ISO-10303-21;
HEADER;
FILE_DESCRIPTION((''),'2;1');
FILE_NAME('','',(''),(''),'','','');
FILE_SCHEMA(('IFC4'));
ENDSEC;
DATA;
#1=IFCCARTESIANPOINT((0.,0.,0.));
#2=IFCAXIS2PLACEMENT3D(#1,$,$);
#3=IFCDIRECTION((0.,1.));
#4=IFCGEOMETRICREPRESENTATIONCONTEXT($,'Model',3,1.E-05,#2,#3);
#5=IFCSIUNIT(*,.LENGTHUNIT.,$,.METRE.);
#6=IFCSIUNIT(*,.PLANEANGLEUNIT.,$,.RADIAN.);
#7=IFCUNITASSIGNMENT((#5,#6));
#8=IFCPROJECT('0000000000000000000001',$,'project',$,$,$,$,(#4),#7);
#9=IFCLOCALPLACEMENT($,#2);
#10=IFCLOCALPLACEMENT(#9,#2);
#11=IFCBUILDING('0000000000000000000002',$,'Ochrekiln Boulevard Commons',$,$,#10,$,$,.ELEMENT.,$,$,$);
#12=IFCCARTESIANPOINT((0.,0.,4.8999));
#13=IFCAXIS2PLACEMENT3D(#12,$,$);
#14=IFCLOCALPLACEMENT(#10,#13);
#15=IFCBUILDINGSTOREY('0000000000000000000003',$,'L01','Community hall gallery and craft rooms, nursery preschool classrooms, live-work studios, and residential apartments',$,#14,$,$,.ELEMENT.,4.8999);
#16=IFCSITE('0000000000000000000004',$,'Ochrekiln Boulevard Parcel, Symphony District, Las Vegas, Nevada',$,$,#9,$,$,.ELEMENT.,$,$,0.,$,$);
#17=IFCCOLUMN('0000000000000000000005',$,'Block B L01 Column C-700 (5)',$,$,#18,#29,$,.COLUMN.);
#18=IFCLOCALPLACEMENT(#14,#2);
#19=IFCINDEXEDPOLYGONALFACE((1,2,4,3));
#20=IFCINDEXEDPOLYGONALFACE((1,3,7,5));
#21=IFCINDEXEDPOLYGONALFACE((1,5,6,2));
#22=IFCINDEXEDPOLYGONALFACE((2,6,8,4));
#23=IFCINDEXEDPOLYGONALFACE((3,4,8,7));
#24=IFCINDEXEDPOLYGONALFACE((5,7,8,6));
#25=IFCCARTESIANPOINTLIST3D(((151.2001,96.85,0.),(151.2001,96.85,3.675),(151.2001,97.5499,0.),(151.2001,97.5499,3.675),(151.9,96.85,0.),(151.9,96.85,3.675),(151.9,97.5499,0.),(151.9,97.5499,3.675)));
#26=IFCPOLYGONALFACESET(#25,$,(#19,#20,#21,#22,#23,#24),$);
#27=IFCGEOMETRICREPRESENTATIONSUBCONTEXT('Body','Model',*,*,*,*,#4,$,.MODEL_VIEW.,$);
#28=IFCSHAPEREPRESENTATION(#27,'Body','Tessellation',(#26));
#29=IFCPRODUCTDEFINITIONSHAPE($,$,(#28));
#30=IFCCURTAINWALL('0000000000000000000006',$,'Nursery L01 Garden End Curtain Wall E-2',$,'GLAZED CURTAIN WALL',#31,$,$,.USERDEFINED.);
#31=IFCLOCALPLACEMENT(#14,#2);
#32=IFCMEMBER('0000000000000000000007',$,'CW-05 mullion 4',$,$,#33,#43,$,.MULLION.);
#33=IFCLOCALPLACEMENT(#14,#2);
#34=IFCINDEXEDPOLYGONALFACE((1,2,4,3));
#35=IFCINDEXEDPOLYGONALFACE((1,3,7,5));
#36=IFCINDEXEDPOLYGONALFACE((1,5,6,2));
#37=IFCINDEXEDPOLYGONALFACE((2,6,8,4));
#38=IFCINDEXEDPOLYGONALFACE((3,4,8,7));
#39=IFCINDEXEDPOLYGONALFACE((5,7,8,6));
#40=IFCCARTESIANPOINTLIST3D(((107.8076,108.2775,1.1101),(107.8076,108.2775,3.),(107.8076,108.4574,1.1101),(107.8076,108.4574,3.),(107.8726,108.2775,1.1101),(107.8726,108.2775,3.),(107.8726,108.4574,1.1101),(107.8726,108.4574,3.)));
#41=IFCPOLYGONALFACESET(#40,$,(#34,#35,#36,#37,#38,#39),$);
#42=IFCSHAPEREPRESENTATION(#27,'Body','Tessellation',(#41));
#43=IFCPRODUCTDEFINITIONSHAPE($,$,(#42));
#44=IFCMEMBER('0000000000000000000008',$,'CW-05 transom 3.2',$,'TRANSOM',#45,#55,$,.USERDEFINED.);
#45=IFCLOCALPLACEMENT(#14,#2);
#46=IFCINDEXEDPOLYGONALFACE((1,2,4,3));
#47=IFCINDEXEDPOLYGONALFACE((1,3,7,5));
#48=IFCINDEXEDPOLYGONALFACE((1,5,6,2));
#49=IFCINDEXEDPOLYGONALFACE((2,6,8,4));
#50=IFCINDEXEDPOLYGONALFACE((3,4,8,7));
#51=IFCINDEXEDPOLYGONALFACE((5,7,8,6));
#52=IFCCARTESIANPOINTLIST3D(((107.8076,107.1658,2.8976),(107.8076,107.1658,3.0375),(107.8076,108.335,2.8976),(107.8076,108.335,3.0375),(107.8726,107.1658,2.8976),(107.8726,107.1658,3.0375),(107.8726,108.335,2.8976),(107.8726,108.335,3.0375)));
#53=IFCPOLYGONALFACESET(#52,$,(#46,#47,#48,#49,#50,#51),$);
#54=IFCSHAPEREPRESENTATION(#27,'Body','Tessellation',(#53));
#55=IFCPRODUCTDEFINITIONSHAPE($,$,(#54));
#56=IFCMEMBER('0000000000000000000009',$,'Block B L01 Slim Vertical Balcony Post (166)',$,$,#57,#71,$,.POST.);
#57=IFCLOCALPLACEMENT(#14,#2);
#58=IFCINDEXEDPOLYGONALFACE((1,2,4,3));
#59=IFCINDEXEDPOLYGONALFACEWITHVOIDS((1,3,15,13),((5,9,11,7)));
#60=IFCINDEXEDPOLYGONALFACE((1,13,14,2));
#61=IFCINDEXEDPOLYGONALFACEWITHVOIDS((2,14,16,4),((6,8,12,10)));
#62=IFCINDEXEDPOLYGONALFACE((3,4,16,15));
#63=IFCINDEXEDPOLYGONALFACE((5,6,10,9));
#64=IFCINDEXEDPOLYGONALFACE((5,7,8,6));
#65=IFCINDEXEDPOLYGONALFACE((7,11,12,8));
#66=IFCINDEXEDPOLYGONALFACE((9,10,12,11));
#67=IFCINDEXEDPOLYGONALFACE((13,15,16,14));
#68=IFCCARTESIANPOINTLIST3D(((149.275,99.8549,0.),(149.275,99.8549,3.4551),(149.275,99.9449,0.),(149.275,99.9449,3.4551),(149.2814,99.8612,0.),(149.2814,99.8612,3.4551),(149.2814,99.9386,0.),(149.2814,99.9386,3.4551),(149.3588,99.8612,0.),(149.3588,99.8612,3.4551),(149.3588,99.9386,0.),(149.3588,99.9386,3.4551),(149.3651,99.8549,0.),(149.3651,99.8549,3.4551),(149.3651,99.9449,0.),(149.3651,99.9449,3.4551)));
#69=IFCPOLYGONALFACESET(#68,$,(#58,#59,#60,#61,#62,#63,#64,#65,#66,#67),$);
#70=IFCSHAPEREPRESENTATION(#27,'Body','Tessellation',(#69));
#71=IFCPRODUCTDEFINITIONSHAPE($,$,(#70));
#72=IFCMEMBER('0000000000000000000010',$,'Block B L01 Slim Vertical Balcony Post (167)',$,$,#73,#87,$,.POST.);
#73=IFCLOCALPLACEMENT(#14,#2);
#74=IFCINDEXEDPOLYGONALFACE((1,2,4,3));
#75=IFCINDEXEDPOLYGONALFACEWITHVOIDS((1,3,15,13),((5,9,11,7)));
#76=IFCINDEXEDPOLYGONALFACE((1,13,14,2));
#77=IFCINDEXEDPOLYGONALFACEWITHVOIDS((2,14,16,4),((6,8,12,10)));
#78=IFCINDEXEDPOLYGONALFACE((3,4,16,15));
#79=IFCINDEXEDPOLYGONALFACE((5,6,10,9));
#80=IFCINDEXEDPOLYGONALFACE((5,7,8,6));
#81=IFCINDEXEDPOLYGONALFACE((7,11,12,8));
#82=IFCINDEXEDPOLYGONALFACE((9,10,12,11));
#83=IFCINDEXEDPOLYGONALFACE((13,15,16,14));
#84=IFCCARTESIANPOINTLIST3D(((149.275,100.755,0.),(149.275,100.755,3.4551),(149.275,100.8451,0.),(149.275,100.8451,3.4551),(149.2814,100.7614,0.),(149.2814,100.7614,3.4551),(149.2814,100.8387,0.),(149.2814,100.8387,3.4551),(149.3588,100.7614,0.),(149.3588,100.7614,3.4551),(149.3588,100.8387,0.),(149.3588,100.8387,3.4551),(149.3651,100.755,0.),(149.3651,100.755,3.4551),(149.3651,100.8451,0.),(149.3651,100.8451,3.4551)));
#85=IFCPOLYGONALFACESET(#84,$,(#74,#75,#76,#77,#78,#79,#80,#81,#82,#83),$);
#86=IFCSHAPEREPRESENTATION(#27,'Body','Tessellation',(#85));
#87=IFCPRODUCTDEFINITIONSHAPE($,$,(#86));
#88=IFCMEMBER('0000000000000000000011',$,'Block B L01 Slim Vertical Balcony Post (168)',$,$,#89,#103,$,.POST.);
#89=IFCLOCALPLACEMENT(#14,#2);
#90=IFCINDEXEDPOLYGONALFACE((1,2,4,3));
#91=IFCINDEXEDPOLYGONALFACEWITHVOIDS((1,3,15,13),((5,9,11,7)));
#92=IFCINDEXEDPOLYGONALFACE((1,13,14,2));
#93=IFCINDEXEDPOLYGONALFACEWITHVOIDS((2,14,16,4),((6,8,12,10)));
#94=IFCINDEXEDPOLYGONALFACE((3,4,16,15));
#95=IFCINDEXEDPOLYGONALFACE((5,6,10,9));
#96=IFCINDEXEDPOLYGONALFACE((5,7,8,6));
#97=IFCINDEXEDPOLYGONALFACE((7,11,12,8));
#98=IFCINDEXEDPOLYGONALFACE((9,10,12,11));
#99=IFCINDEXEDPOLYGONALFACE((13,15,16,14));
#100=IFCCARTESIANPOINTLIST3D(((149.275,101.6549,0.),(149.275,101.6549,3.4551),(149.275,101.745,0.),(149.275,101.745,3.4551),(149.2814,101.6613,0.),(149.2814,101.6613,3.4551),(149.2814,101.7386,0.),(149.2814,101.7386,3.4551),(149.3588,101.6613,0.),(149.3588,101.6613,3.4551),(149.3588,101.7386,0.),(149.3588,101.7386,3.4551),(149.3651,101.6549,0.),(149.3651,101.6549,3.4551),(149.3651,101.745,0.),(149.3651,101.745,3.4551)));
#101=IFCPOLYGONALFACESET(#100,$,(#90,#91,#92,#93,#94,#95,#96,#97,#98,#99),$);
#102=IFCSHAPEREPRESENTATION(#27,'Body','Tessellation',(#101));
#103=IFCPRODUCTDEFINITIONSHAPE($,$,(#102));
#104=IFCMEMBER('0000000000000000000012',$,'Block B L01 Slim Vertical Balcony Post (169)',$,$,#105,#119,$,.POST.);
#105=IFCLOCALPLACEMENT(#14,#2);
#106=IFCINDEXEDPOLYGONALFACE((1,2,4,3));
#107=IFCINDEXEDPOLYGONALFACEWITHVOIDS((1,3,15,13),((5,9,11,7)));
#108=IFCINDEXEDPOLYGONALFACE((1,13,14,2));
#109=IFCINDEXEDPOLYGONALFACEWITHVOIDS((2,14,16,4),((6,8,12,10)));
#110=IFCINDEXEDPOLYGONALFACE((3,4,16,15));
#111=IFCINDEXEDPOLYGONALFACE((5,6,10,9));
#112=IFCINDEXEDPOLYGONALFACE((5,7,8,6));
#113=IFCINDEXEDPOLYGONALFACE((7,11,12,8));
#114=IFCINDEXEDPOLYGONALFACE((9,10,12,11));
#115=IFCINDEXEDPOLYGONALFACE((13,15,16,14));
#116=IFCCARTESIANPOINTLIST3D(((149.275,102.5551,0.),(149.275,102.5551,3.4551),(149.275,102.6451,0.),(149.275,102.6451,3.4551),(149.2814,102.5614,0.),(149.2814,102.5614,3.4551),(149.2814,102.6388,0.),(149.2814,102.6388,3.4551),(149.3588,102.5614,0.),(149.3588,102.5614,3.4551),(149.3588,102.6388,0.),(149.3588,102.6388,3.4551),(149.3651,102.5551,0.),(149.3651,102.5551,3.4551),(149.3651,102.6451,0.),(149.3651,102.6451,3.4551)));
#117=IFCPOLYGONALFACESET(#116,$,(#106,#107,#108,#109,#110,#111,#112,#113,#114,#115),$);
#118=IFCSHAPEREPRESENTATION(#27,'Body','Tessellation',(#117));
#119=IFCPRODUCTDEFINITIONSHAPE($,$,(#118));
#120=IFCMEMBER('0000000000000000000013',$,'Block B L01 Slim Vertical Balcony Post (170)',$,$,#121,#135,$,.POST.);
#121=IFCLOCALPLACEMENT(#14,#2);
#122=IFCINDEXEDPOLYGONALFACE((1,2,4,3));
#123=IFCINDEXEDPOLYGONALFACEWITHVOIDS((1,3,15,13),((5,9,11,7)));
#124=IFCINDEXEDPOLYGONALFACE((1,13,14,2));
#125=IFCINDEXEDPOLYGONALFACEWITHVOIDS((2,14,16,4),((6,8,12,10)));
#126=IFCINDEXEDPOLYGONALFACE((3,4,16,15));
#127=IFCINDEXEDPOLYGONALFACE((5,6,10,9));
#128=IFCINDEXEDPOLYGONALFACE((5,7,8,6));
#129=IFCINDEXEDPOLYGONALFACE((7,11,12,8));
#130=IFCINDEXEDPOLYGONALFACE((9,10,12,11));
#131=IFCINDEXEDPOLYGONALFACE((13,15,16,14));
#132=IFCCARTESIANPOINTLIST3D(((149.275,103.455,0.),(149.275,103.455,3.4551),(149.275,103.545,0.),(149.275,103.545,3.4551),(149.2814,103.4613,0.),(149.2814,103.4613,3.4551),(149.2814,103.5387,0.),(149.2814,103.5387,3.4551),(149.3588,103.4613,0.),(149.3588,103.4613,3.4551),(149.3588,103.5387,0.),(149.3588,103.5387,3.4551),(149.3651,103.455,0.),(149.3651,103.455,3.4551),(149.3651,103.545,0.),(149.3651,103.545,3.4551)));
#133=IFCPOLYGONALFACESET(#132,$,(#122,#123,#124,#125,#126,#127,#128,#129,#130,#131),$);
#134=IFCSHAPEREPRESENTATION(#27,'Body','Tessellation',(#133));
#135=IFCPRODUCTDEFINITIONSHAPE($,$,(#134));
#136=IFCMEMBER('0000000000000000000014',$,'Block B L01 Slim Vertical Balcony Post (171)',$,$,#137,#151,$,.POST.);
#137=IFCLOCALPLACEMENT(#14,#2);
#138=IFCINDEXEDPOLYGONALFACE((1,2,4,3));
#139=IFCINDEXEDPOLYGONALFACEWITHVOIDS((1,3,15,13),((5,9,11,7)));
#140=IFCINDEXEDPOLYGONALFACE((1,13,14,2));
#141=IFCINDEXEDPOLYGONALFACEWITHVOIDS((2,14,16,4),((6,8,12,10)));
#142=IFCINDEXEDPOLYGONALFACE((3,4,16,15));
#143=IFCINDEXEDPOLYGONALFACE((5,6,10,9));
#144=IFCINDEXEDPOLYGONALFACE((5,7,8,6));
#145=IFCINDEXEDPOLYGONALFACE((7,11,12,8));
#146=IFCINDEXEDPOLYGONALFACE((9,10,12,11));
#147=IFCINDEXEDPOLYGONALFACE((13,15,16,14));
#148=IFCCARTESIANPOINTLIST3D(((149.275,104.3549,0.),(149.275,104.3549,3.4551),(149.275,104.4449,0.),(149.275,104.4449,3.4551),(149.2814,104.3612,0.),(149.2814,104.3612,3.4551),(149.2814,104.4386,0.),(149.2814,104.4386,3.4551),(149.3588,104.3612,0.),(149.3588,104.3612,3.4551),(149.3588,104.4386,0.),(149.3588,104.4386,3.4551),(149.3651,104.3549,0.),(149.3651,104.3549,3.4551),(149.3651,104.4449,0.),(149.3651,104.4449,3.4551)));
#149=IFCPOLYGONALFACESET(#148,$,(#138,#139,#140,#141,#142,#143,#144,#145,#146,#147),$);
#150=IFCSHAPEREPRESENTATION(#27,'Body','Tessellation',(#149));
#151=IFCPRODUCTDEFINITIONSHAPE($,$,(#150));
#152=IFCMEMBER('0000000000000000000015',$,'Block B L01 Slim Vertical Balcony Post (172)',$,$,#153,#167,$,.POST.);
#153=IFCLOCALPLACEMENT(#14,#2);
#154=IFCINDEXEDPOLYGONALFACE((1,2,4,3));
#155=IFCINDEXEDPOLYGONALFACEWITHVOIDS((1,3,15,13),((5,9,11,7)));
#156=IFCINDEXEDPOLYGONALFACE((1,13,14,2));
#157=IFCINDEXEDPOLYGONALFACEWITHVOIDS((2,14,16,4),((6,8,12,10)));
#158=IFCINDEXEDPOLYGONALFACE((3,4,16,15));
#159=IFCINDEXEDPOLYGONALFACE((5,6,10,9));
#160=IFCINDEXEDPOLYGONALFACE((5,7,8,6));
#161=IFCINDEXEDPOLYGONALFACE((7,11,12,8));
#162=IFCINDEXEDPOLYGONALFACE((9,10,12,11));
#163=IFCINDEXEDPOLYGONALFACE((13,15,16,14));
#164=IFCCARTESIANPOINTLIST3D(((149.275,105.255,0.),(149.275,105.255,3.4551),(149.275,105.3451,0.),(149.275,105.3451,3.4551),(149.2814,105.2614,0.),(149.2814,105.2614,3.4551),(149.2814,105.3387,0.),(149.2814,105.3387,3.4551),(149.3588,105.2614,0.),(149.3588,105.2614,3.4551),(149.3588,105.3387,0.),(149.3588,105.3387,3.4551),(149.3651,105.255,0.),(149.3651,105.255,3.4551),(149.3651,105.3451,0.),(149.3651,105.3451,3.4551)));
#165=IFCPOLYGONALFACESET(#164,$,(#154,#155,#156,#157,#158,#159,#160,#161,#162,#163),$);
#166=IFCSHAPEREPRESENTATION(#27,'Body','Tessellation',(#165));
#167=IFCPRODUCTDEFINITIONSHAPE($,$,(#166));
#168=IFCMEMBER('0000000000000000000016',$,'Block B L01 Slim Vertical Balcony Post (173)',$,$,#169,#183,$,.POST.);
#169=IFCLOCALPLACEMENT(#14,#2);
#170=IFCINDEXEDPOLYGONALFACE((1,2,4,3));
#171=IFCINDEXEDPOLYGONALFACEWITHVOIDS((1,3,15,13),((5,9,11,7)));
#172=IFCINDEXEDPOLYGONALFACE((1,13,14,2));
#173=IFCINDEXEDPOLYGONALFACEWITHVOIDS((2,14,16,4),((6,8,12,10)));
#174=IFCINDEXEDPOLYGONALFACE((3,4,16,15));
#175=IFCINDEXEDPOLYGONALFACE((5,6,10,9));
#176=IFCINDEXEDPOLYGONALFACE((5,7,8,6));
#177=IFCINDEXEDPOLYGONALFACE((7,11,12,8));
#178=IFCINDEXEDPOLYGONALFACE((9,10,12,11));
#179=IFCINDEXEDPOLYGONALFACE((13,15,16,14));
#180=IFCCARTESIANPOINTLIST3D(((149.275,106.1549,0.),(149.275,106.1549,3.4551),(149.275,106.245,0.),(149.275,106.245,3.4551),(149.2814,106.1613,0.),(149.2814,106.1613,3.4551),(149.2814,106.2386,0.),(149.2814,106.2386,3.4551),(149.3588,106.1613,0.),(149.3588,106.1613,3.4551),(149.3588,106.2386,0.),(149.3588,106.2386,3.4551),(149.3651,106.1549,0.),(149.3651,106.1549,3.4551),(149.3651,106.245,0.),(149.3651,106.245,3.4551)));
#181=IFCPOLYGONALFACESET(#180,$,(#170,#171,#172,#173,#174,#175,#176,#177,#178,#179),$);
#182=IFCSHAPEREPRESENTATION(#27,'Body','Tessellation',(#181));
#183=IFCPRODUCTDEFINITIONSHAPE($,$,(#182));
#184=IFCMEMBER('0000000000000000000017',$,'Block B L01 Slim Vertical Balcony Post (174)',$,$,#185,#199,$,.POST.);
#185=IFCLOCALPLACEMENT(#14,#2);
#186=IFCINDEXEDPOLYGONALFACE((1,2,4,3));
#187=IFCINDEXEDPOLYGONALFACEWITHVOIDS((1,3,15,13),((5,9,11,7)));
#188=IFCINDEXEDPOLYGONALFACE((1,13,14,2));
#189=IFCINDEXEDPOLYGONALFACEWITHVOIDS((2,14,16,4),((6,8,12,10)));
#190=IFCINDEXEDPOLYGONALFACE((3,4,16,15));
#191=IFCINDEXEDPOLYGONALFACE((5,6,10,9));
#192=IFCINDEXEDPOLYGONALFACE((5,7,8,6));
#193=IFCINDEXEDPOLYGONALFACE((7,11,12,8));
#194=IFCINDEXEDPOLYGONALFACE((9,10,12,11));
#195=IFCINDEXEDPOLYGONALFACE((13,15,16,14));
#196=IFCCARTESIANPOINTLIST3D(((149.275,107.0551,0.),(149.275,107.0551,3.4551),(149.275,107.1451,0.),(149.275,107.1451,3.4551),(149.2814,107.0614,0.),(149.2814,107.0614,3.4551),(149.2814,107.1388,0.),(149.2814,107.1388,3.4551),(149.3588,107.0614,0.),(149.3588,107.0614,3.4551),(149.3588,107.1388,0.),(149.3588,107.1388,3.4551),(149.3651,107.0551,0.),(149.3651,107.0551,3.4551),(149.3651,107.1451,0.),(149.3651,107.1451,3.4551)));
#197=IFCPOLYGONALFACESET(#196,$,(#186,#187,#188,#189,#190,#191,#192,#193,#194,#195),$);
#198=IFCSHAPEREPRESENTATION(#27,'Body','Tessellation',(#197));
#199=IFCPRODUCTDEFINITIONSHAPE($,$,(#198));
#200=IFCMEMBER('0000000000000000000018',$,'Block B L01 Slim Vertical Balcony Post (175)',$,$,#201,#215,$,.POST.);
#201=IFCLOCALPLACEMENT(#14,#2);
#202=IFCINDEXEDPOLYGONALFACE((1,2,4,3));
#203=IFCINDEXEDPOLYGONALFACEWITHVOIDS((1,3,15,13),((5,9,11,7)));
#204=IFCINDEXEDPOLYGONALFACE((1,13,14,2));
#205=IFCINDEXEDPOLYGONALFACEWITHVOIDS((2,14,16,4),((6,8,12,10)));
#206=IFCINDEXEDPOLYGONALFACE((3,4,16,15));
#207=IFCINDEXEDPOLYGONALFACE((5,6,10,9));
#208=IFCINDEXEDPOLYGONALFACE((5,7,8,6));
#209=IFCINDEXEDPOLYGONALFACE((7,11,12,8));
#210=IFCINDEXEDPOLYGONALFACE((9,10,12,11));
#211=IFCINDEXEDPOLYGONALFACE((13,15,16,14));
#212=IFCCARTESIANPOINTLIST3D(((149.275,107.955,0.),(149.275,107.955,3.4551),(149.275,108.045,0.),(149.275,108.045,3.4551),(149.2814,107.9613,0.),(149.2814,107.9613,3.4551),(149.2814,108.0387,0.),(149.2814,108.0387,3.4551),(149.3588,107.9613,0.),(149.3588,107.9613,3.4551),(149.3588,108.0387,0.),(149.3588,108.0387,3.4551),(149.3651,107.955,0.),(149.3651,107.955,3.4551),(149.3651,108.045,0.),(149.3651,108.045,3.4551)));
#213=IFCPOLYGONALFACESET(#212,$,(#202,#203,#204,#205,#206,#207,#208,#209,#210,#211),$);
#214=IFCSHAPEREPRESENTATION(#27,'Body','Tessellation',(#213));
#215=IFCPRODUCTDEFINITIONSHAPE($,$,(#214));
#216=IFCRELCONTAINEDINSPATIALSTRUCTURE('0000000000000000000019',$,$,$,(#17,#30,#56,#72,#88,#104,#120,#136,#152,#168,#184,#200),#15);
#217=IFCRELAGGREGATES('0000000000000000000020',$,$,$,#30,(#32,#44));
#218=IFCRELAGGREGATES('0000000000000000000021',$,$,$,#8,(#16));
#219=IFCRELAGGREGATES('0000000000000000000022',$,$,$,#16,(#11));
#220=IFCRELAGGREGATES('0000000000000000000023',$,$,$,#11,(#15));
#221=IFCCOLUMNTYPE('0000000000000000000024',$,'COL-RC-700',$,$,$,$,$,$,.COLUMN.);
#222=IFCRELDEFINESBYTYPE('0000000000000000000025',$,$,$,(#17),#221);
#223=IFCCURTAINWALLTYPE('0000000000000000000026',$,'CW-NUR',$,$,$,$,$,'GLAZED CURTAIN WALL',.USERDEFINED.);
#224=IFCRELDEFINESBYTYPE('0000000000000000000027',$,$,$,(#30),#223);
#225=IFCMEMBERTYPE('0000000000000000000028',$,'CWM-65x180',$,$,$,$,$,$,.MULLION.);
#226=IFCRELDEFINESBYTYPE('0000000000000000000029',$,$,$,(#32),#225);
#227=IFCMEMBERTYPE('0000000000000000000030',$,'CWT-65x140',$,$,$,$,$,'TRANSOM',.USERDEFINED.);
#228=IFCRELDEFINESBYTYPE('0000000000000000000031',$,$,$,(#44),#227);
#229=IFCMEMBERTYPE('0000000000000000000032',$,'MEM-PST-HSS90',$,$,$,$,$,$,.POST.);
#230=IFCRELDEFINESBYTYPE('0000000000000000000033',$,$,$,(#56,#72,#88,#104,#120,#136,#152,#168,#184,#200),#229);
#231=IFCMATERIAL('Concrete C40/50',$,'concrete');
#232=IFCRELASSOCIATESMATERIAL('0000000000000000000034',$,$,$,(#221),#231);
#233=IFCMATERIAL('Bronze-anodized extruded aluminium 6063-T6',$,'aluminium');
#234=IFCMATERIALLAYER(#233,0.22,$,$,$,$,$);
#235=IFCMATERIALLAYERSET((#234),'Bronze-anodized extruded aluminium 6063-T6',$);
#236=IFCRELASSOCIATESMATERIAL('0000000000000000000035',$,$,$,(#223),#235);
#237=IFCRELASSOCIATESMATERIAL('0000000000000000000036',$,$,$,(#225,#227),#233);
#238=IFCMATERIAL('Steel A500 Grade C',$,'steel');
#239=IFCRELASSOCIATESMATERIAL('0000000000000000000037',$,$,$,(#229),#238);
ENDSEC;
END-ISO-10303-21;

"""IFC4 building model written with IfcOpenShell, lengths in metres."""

from ifc_helpers import new_model, si_unit, direction, frame, origin, origin_2d, place, context, subcontext, project, spatial, rectangle, hollow_rectangle, extrude, material, layer, layer_set, material_profile, profile_set, type_object, element, aggregate, save


model = new_model("IFC4")

# Units and contexts
model_context = context("Model", 3, precision=1e-05, world=origin(), true_north=direction((0.0, 1.0)))
body_context = subcontext(model_context, "Body", "Model", "MODEL_VIEW")
ifc_project = project(units=[si_unit("LENGTHUNIT", "METRE"), si_unit("PLANEANGLEUNIT", "RADIAN")], contexts=[model_context])

# Site, building, storey
site_placement = place(None, origin())
site = spatial("IfcSite", under=ifc_project, at=site_placement, Name="Ochrekiln Boulevard Parcel, Symphony District, Las Vegas, Nevada", CompositionType="ELEMENT", RefElevation=0.0)
building_placement = place(site_placement, origin())
building = spatial("IfcBuilding", under=site, at=building_placement, Name="Ochrekiln Boulevard Commons", CompositionType="ELEMENT")
storey_placement = place(building_placement, frame((0.0, 0.0, 4.8999)))
storey = spatial("IfcBuildingStorey", under=building, at=storey_placement, Name="L01", Description="Community hall gallery and craft rooms, nursery preschool classrooms, live-work studios, and residential apartments", CompositionType="ELEMENT", Elevation=4.8999)

# Column
ifc_material_1 = material(Name="Concrete C40/50", Category="concrete")
ifc_material_profile_1 = material_profile(ifc_material_1, rectangle(XDim=0.7, YDim=0.7, at=origin_2d()), Name="RC-COL-700x700")
ifc_profile_set_1 = profile_set([ifc_material_profile_1], Name="Concrete C40/50")
column_type = type_object("IfcColumnType", Name="COL-RC-700", PredefinedType="COLUMN", material=ifc_profile_set_1)
column_placement = place(storey_placement, frame((151.55, 97.2, 0.0), z_axis=(0.0, 0.0, 1.0), x_axis=(1.0, 0.0, 0.0)))
element("IfcColumn", 1, at=column_placement, inside=storey, type_object=column_type, Name="Block B L01 Column C-700 (5)", PredefinedType="COLUMN", context=body_context, shape_type="SweptSolid", body=[
    extrude(rectangle(XDim=0.7, YDim=0.7, at=origin_2d()), origin(), (0.0, 0.0, 1.0), 3.675),
])

# Curtain wall, members
ifc_material_2 = material(Name="Bronze-anodized extruded aluminium 6063-T6", Category="aluminium")
ifc_layer_1 = layer(ifc_material_2, 0.22)
ifc_layer_set_1 = layer_set([ifc_layer_1], Name="Bronze-anodized extruded aluminium 6063-T6")
curtain_wall_type = type_object("IfcCurtainWallType", Name="CW-NUR", ElementType="GLAZED CURTAIN WALL", PredefinedType="USERDEFINED", material=ifc_layer_set_1)
curtain_wall_placement = place(storey_placement, origin())
curtain_wall = element("IfcCurtainWall", 2, at=curtain_wall_placement, inside=storey, type_object=curtain_wall_type, Name="Nursery L01 Garden End Curtain Wall E-2", ObjectType="GLAZED CURTAIN WALL", PredefinedType="USERDEFINED")
ifc_material_profile_2 = material_profile(ifc_material_2, rectangle(XDim=0.0649, YDim=0.1799, at=origin_2d()), Name="ALU-MUL-65x180")
ifc_profile_set_2 = profile_set([ifc_material_profile_2], Name="Bronze-anodized extruded aluminium 6063-T6")
member_type_1 = type_object("IfcMemberType", Name="CWM-65x180", PredefinedType="MULLION", material=ifc_profile_set_2)
member_1_placement = place(storey_placement, frame((107.8401, 108.3674, 1.1101), z_axis=(0.0, 0.0, 1.0), x_axis=(-1.0, 0.0, 0.0)))
member_1 = element("IfcMember", 3, at=member_1_placement, type_object=member_type_1, Name="CW-05 mullion 4", PredefinedType="MULLION", context=body_context, shape_type="SweptSolid", body=[
    extrude(rectangle(XDim=0.0649, YDim=0.1799, at=origin_2d()), origin(), (0.0, 0.0, 1.0), 1.8899),
])
ifc_material_profile_3 = material_profile(ifc_material_2, rectangle(XDim=0.0649, YDim=0.1399, at=origin_2d()), Name="ALU-TRN-65x140")
ifc_profile_set_3 = profile_set([ifc_material_profile_3], Name="Bronze-anodized extruded aluminium 6063-T6")
member_type_2 = type_object("IfcMemberType", Name="CWT-65x140", ElementType="TRANSOM", PredefinedType="USERDEFINED", material=ifc_profile_set_3)
member_2_placement = place(storey_placement, frame((107.8401, 107.1658, 2.9675), z_axis=(0.0, 1.0, 0.0), x_axis=(-1.0, 0.0, 0.0)))
member_2 = element("IfcMember", 4, at=member_2_placement, type_object=member_type_2, Name="CW-05 transom 3.2", ObjectType="TRANSOM", PredefinedType="USERDEFINED", context=body_context, shape_type="SweptSolid", body=[
    extrude(rectangle(XDim=0.0649, YDim=0.1399, at=origin_2d()), origin(), (0.0, 0.0, 1.0), 1.1692),
])

# Members
ifc_material_3 = material(Name="Steel A500 Grade C", Category="steel")
ifc_material_profile_4 = material_profile(ifc_material_3, hollow_rectangle(XDim=0.0901, YDim=0.0901, WallThickness=0.0063, at=origin_2d()), Name="HSS90X90X6.4")
ifc_profile_set_4 = profile_set([ifc_material_profile_4], Name="Steel A500 Grade C")
member_type_3 = type_object("IfcMemberType", Name="MEM-PST-HSS90", PredefinedType="POST", material=ifc_profile_set_4)
for number, where, z_axis, x_axis, name in (
    (5, (149.3201, 99.8999, 0.0), (0.0, 0.0, 1.0), (1.0, 0.0, 0.0), "Block B L01 Slim Vertical Balcony Post (166)"),
    (6, (149.3201, 100.8, 0.0), (0.0, 0.0, 1.0), (1.0, 0.0, 0.0), "Block B L01 Slim Vertical Balcony Post (167)"),
    (7, (149.3201, 101.7, 0.0), (0.0, 0.0, 1.0), (1.0, 0.0, 0.0), "Block B L01 Slim Vertical Balcony Post (168)"),
    (8, (149.3201, 102.6001, 0.0), (0.0, 0.0, 1.0), (1.0, 0.0, 0.0), "Block B L01 Slim Vertical Balcony Post (169)"),
    (9, (149.3201, 103.5, 0.0), (0.0, 0.0, 1.0), (1.0, 0.0, 0.0), "Block B L01 Slim Vertical Balcony Post (170)"),
    (10, (149.3201, 104.3999, 0.0), (0.0, 0.0, 1.0), (1.0, 0.0, 0.0), "Block B L01 Slim Vertical Balcony Post (171)"),
    (11, (149.3201, 105.3, 0.0), (0.0, 0.0, 1.0), (1.0, 0.0, 0.0), "Block B L01 Slim Vertical Balcony Post (172)"),
    (12, (149.3201, 106.2, 0.0), (0.0, 0.0, 1.0), (1.0, 0.0, 0.0), "Block B L01 Slim Vertical Balcony Post (173)"),
    (13, (149.3201, 107.1001, 0.0), (0.0, 0.0, 1.0), (1.0, 0.0, 0.0), "Block B L01 Slim Vertical Balcony Post (174)"),
    (14, (149.3201, 108.0, 0.0), (0.0, 0.0, 1.0), (1.0, 0.0, 0.0), "Block B L01 Slim Vertical Balcony Post (175)"),
):
    element("IfcMember", number, at=place(storey_placement, frame(where, z_axis=z_axis, x_axis=x_axis)), inside=storey, type_object=member_type_3, Name=name, PredefinedType="POST", context=body_context, shape_type="SweptSolid", body=[
        extrude(hollow_rectangle(XDim=0.0901, YDim=0.0901, WallThickness=0.0063, at=origin_2d()), origin(), (0.0, 0.0, 1.0), 3.4551),
    ])

aggregate(curtain_wall, [member_1, member_2])

save(model, "model.ifc")
